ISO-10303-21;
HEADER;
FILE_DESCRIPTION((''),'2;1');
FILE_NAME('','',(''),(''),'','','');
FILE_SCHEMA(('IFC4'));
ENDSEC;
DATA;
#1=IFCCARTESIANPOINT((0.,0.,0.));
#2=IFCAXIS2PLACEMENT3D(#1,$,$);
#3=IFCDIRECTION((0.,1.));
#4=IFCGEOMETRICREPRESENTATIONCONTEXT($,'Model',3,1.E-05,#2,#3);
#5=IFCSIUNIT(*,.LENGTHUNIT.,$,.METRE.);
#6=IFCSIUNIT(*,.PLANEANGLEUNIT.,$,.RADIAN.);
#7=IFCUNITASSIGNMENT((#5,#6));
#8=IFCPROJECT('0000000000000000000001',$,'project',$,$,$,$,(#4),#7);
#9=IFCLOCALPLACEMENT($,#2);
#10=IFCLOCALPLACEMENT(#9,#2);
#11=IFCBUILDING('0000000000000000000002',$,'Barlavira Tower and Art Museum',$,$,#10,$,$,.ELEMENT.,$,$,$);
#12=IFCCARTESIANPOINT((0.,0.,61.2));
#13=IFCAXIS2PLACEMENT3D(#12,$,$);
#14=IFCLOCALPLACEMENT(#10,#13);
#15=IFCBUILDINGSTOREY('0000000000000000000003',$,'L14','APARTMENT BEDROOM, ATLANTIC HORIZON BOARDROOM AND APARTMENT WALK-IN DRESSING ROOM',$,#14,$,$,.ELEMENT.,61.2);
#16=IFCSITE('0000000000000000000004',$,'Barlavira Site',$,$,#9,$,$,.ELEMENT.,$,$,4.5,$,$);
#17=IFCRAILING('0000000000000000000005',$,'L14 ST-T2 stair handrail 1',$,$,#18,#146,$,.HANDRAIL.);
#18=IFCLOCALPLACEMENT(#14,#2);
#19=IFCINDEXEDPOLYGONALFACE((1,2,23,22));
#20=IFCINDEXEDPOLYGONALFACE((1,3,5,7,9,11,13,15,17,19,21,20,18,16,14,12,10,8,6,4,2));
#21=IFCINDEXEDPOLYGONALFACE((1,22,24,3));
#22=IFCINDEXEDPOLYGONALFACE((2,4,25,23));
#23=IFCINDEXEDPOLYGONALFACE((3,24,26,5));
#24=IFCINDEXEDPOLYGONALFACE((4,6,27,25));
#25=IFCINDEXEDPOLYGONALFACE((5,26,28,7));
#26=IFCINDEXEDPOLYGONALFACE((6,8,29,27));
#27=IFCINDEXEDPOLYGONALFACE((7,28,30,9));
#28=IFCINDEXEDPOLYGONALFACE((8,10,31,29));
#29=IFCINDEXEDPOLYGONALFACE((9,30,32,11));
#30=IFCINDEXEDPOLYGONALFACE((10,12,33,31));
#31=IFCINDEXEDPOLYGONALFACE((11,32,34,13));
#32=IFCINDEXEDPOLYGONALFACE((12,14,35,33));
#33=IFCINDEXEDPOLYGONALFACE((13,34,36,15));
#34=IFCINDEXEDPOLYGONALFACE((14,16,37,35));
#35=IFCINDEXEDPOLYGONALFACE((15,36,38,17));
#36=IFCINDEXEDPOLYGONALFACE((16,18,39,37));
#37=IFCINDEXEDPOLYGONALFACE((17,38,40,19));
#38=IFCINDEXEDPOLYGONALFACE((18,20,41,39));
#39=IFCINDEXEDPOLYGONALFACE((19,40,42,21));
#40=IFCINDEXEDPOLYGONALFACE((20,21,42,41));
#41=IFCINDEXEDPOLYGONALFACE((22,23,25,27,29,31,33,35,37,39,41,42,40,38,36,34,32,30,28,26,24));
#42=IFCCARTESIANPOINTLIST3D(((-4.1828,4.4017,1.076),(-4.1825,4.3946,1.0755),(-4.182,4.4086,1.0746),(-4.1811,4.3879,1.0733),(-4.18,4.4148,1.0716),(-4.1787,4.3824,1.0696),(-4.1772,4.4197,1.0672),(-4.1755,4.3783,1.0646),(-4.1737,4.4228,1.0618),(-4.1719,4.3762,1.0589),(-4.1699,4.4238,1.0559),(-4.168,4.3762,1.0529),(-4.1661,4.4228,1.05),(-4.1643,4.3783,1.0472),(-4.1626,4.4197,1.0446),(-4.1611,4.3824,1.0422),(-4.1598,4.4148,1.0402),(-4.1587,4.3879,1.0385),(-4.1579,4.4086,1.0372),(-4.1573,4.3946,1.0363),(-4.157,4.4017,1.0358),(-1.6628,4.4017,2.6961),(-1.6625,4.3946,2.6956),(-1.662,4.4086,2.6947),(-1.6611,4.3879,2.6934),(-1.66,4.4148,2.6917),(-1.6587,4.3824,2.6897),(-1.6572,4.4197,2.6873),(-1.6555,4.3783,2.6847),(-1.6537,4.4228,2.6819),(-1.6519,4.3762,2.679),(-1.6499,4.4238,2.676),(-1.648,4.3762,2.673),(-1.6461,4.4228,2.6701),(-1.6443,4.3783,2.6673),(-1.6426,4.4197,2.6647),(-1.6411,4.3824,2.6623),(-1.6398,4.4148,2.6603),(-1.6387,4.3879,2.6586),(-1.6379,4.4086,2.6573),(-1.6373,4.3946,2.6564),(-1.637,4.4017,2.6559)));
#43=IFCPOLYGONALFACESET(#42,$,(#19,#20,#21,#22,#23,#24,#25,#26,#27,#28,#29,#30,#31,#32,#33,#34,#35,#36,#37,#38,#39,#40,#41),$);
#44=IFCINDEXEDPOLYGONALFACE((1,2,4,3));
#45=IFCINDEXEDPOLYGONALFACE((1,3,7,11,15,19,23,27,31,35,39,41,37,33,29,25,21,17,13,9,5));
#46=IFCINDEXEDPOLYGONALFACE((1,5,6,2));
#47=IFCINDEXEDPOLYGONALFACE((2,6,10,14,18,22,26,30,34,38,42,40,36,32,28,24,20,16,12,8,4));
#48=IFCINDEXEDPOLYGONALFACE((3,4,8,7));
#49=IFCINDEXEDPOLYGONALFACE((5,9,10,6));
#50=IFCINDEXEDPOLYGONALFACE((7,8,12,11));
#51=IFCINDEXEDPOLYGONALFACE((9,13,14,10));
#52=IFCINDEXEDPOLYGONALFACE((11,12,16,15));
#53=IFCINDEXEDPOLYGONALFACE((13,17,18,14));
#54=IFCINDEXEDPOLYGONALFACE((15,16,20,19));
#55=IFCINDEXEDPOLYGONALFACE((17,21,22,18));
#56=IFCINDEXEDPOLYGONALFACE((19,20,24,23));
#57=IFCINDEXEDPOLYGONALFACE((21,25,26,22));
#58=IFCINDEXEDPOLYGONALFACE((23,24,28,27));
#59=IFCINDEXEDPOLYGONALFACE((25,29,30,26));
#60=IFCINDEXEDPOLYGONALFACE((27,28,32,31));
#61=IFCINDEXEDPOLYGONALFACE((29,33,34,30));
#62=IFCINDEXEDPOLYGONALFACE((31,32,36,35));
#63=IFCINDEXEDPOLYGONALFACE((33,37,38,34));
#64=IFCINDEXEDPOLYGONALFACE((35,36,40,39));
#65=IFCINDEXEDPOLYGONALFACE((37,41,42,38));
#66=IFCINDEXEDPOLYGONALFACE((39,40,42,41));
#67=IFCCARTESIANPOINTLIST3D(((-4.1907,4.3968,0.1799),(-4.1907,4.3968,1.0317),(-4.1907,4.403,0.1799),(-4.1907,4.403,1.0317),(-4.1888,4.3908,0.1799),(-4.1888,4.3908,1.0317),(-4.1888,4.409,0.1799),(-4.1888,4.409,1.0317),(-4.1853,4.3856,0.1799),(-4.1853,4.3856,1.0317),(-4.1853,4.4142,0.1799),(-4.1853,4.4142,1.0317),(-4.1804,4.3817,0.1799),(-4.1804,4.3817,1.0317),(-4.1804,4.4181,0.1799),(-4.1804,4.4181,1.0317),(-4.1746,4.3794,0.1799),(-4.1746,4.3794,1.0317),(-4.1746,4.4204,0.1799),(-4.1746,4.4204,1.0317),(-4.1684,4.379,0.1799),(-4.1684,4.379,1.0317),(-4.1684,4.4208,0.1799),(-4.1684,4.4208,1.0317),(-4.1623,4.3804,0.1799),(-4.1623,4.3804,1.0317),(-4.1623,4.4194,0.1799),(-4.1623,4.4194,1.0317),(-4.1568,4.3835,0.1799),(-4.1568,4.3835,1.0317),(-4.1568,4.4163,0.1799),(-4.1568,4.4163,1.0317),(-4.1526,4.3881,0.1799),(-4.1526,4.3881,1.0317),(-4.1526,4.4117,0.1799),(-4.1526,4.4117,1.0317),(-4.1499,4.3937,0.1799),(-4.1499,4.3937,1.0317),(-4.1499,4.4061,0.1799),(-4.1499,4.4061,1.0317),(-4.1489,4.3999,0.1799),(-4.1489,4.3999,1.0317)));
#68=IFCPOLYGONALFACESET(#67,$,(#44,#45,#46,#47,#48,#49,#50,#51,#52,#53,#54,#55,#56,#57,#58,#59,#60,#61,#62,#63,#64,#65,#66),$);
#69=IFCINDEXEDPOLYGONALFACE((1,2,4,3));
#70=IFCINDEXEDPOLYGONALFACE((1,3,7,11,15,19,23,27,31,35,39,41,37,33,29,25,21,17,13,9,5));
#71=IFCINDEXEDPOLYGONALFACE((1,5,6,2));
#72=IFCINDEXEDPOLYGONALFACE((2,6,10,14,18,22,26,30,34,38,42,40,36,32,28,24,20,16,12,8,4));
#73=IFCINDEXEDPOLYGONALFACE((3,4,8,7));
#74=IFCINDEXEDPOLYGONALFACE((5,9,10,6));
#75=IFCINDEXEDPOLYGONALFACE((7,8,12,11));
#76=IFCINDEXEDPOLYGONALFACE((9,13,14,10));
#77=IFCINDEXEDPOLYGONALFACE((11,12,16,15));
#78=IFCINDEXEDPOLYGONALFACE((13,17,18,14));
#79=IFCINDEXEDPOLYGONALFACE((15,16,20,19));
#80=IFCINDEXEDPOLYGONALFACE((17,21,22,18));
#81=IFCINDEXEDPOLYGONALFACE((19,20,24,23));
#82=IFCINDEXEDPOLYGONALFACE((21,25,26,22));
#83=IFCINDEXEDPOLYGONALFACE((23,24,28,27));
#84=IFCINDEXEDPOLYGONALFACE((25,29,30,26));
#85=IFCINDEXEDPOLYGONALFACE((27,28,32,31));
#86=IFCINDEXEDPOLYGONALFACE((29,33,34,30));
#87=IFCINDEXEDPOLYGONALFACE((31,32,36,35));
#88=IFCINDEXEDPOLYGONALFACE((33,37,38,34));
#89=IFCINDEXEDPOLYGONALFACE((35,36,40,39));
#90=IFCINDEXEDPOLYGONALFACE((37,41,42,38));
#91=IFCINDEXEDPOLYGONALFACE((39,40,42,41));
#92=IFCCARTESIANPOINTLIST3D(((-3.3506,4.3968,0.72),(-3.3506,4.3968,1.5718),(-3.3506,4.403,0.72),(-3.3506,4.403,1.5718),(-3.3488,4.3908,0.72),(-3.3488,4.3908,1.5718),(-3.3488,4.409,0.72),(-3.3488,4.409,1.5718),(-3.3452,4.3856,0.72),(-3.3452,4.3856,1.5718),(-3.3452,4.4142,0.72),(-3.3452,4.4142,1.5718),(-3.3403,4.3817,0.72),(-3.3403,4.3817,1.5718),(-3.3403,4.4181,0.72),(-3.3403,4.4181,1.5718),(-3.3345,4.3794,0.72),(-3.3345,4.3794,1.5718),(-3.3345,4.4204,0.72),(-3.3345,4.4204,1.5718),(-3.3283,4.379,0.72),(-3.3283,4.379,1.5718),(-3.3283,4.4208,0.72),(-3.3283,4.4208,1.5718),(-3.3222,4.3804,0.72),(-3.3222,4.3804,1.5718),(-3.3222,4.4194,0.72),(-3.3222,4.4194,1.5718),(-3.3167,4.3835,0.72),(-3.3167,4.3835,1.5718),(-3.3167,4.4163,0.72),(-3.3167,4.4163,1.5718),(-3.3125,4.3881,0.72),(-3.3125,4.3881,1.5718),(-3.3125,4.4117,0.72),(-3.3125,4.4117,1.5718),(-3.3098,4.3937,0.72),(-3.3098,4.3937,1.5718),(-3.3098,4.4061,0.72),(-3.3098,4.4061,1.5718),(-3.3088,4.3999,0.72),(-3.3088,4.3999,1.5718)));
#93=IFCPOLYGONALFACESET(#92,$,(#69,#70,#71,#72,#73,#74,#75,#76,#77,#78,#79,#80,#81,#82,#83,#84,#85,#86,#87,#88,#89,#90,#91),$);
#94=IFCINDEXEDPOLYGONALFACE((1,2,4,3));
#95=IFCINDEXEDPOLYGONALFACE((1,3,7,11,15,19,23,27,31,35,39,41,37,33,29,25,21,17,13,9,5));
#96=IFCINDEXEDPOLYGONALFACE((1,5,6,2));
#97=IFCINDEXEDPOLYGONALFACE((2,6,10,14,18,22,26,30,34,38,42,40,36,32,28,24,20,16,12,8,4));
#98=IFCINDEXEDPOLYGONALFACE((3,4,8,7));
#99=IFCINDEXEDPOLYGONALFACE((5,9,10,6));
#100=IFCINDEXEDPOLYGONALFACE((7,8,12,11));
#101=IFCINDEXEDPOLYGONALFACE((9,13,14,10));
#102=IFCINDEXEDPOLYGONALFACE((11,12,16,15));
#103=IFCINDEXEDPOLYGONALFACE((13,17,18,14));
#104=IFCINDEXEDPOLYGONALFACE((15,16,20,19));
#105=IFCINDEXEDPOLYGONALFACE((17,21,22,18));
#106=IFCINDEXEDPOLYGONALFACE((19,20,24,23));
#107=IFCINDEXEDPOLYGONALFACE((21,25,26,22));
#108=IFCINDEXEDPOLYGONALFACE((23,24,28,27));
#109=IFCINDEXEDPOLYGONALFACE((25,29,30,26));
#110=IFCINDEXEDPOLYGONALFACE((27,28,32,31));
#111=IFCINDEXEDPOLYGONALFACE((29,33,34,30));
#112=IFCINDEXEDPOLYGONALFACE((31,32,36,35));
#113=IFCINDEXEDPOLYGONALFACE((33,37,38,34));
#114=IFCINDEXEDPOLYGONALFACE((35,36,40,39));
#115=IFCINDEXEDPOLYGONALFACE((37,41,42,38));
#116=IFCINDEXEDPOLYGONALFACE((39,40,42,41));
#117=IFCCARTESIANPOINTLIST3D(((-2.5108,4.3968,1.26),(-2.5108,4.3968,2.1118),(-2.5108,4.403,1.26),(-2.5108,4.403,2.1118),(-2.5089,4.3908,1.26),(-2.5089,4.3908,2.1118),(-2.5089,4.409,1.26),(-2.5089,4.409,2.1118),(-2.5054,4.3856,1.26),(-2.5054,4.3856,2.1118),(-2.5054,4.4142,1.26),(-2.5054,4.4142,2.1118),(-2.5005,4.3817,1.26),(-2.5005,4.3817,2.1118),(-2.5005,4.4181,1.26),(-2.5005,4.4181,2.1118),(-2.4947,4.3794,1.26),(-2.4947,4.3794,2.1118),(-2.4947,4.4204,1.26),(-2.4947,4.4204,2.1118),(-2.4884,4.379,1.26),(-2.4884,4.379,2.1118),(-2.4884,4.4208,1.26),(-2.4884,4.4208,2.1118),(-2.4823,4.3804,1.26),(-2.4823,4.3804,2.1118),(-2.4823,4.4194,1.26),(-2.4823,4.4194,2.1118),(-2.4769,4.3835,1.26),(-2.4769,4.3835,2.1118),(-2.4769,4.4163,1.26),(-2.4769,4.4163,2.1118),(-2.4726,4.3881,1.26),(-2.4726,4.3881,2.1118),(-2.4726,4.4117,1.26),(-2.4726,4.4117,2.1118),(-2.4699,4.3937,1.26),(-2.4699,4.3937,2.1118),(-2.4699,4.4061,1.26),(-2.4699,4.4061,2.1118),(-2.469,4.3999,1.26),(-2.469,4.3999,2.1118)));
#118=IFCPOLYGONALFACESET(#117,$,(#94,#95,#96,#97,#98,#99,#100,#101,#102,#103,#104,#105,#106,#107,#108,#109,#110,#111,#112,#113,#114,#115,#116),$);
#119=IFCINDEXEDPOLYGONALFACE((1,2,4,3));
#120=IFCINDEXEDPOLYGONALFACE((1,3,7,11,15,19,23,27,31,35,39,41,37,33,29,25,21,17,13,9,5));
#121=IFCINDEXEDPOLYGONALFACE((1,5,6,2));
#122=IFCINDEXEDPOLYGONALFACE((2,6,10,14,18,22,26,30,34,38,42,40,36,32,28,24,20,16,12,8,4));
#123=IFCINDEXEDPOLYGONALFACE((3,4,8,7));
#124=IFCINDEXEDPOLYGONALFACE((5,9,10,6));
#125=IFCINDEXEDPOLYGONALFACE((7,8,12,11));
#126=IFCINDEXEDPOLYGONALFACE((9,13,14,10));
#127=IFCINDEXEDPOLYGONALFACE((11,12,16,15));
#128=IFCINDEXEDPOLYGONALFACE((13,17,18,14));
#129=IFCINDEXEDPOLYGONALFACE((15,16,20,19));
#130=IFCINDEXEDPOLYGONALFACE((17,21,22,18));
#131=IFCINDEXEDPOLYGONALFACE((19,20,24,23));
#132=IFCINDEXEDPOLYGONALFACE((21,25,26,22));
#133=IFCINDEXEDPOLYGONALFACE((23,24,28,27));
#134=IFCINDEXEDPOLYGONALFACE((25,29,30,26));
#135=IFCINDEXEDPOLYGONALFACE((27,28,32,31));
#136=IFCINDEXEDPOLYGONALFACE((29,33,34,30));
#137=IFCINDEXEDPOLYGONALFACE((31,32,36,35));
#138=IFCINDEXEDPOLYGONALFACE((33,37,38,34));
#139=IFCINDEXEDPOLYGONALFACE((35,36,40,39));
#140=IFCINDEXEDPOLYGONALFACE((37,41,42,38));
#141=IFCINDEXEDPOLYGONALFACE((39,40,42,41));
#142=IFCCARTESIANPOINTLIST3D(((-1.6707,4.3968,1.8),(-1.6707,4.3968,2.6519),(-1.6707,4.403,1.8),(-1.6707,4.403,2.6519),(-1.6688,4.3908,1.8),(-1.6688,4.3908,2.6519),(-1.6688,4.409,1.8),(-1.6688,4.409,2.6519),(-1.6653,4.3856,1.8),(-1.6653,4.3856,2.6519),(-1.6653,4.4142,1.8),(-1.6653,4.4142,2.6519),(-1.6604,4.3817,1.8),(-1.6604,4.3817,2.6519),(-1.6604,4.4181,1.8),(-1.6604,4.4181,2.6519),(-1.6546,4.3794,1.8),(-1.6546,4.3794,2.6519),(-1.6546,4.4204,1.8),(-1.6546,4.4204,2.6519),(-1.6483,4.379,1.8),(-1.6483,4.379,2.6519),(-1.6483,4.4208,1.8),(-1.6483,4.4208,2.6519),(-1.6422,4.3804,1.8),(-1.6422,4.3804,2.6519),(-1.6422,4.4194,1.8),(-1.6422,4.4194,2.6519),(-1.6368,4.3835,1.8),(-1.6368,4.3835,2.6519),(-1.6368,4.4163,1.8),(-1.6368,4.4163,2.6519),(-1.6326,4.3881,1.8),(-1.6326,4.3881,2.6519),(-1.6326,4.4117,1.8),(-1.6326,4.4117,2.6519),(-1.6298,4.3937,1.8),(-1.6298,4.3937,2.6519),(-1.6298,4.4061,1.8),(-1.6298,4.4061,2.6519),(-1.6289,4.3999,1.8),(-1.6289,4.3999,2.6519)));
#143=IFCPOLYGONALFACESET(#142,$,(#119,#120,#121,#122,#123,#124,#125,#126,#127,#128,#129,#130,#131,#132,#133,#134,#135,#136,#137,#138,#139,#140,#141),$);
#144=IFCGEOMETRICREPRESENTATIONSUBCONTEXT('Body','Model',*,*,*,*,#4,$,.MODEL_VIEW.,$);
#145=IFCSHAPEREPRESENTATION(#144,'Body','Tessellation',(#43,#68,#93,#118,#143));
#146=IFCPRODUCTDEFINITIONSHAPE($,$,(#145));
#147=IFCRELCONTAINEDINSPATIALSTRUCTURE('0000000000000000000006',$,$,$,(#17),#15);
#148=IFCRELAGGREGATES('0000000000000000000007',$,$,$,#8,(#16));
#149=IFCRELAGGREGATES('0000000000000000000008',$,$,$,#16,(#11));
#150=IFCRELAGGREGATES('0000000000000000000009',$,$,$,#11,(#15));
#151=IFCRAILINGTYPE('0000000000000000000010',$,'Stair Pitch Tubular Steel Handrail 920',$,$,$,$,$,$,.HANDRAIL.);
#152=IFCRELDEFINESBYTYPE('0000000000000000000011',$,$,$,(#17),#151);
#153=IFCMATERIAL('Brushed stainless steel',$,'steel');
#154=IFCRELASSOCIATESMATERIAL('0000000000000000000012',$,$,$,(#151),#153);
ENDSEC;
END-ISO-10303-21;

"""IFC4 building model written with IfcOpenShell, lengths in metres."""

from ifc_helpers import new_model, si_unit, direction, frame, origin, origin_2d, place, context, subcontext, project, spatial, circle, extrude, material, type_object, element, save


model = new_model("IFC4")

# Units and contexts
model_context = context("Model", 3, precision=1e-05, world=origin(), true_north=direction((0.0, 1.0)))
body_context = subcontext(model_context, "Body", "Model", "MODEL_VIEW")
ifc_project = project(units=[si_unit("LENGTHUNIT", "METRE"), si_unit("PLANEANGLEUNIT", "RADIAN")], contexts=[model_context])

# Site, building, storey
site_placement = place(None, origin())
site = spatial("IfcSite", under=ifc_project, at=site_placement, Name="Barlavira Site", CompositionType="ELEMENT", RefElevation=4.5)
building_placement = place(site_placement, origin())
building = spatial("IfcBuilding", under=site, at=building_placement, Name="Barlavira Tower and Art Museum", CompositionType="ELEMENT")
storey_placement = place(building_placement, frame((0.0, 0.0, 61.2)))
storey = spatial("IfcBuildingStorey", under=building, at=storey_placement, Name="L14", Description="APARTMENT BEDROOM, ATLANTIC HORIZON BOARDROOM AND APARTMENT WALK-IN DRESSING ROOM", CompositionType="ELEMENT", Elevation=61.2)

# Shared definitions
ifc_material_1 = material(Name="Brushed stainless steel", Category="steel")

# Railing
railing_type_1 = type_object("IfcRailingType", Name="Stair Pitch Tubular Steel Handrail 920", PredefinedType="HANDRAIL", material=ifc_material_1)
railing_1_placement = place(storey_placement, frame((-4.1699, 4.3999, 0.1799)))
element("IfcRailing", 1, at=railing_1_placement, inside=storey, type_object=railing_type_1, Name="L14 ST-T2 stair handrail 1", PredefinedType="HANDRAIL", context=body_context, shape_type="SweptSolid", body=[
    extrude(circle(Radius=0.0239, at=origin_2d()), frame((0.0, 0.0, 0.876), z_axis=(0.841163, 0.0, 0.540782), x_axis=(0.0, 1.0, 0.0)), (0.0, 0.0, 1.0), 2.9958),
    extrude(circle(Radius=0.021, at=origin_2d()), origin(), (0.0, 0.0, 1.0), 0.8518),
    extrude(circle(Radius=0.021, at=origin_2d()), frame((0.8401, 0.0, 0.54)), (0.0, 0.0, 1.0), 0.8518),
    extrude(circle(Radius=0.021, at=origin_2d()), frame((1.6799, 0.0, 1.0801)), (0.0, 0.0, 1.0), 0.8518),
    extrude(circle(Radius=0.021, at=origin_2d()), frame((2.52, 0.0, 1.6201)), (0.0, 0.0, 1.0), 0.8518),
])

save(model, "model.ifc")
